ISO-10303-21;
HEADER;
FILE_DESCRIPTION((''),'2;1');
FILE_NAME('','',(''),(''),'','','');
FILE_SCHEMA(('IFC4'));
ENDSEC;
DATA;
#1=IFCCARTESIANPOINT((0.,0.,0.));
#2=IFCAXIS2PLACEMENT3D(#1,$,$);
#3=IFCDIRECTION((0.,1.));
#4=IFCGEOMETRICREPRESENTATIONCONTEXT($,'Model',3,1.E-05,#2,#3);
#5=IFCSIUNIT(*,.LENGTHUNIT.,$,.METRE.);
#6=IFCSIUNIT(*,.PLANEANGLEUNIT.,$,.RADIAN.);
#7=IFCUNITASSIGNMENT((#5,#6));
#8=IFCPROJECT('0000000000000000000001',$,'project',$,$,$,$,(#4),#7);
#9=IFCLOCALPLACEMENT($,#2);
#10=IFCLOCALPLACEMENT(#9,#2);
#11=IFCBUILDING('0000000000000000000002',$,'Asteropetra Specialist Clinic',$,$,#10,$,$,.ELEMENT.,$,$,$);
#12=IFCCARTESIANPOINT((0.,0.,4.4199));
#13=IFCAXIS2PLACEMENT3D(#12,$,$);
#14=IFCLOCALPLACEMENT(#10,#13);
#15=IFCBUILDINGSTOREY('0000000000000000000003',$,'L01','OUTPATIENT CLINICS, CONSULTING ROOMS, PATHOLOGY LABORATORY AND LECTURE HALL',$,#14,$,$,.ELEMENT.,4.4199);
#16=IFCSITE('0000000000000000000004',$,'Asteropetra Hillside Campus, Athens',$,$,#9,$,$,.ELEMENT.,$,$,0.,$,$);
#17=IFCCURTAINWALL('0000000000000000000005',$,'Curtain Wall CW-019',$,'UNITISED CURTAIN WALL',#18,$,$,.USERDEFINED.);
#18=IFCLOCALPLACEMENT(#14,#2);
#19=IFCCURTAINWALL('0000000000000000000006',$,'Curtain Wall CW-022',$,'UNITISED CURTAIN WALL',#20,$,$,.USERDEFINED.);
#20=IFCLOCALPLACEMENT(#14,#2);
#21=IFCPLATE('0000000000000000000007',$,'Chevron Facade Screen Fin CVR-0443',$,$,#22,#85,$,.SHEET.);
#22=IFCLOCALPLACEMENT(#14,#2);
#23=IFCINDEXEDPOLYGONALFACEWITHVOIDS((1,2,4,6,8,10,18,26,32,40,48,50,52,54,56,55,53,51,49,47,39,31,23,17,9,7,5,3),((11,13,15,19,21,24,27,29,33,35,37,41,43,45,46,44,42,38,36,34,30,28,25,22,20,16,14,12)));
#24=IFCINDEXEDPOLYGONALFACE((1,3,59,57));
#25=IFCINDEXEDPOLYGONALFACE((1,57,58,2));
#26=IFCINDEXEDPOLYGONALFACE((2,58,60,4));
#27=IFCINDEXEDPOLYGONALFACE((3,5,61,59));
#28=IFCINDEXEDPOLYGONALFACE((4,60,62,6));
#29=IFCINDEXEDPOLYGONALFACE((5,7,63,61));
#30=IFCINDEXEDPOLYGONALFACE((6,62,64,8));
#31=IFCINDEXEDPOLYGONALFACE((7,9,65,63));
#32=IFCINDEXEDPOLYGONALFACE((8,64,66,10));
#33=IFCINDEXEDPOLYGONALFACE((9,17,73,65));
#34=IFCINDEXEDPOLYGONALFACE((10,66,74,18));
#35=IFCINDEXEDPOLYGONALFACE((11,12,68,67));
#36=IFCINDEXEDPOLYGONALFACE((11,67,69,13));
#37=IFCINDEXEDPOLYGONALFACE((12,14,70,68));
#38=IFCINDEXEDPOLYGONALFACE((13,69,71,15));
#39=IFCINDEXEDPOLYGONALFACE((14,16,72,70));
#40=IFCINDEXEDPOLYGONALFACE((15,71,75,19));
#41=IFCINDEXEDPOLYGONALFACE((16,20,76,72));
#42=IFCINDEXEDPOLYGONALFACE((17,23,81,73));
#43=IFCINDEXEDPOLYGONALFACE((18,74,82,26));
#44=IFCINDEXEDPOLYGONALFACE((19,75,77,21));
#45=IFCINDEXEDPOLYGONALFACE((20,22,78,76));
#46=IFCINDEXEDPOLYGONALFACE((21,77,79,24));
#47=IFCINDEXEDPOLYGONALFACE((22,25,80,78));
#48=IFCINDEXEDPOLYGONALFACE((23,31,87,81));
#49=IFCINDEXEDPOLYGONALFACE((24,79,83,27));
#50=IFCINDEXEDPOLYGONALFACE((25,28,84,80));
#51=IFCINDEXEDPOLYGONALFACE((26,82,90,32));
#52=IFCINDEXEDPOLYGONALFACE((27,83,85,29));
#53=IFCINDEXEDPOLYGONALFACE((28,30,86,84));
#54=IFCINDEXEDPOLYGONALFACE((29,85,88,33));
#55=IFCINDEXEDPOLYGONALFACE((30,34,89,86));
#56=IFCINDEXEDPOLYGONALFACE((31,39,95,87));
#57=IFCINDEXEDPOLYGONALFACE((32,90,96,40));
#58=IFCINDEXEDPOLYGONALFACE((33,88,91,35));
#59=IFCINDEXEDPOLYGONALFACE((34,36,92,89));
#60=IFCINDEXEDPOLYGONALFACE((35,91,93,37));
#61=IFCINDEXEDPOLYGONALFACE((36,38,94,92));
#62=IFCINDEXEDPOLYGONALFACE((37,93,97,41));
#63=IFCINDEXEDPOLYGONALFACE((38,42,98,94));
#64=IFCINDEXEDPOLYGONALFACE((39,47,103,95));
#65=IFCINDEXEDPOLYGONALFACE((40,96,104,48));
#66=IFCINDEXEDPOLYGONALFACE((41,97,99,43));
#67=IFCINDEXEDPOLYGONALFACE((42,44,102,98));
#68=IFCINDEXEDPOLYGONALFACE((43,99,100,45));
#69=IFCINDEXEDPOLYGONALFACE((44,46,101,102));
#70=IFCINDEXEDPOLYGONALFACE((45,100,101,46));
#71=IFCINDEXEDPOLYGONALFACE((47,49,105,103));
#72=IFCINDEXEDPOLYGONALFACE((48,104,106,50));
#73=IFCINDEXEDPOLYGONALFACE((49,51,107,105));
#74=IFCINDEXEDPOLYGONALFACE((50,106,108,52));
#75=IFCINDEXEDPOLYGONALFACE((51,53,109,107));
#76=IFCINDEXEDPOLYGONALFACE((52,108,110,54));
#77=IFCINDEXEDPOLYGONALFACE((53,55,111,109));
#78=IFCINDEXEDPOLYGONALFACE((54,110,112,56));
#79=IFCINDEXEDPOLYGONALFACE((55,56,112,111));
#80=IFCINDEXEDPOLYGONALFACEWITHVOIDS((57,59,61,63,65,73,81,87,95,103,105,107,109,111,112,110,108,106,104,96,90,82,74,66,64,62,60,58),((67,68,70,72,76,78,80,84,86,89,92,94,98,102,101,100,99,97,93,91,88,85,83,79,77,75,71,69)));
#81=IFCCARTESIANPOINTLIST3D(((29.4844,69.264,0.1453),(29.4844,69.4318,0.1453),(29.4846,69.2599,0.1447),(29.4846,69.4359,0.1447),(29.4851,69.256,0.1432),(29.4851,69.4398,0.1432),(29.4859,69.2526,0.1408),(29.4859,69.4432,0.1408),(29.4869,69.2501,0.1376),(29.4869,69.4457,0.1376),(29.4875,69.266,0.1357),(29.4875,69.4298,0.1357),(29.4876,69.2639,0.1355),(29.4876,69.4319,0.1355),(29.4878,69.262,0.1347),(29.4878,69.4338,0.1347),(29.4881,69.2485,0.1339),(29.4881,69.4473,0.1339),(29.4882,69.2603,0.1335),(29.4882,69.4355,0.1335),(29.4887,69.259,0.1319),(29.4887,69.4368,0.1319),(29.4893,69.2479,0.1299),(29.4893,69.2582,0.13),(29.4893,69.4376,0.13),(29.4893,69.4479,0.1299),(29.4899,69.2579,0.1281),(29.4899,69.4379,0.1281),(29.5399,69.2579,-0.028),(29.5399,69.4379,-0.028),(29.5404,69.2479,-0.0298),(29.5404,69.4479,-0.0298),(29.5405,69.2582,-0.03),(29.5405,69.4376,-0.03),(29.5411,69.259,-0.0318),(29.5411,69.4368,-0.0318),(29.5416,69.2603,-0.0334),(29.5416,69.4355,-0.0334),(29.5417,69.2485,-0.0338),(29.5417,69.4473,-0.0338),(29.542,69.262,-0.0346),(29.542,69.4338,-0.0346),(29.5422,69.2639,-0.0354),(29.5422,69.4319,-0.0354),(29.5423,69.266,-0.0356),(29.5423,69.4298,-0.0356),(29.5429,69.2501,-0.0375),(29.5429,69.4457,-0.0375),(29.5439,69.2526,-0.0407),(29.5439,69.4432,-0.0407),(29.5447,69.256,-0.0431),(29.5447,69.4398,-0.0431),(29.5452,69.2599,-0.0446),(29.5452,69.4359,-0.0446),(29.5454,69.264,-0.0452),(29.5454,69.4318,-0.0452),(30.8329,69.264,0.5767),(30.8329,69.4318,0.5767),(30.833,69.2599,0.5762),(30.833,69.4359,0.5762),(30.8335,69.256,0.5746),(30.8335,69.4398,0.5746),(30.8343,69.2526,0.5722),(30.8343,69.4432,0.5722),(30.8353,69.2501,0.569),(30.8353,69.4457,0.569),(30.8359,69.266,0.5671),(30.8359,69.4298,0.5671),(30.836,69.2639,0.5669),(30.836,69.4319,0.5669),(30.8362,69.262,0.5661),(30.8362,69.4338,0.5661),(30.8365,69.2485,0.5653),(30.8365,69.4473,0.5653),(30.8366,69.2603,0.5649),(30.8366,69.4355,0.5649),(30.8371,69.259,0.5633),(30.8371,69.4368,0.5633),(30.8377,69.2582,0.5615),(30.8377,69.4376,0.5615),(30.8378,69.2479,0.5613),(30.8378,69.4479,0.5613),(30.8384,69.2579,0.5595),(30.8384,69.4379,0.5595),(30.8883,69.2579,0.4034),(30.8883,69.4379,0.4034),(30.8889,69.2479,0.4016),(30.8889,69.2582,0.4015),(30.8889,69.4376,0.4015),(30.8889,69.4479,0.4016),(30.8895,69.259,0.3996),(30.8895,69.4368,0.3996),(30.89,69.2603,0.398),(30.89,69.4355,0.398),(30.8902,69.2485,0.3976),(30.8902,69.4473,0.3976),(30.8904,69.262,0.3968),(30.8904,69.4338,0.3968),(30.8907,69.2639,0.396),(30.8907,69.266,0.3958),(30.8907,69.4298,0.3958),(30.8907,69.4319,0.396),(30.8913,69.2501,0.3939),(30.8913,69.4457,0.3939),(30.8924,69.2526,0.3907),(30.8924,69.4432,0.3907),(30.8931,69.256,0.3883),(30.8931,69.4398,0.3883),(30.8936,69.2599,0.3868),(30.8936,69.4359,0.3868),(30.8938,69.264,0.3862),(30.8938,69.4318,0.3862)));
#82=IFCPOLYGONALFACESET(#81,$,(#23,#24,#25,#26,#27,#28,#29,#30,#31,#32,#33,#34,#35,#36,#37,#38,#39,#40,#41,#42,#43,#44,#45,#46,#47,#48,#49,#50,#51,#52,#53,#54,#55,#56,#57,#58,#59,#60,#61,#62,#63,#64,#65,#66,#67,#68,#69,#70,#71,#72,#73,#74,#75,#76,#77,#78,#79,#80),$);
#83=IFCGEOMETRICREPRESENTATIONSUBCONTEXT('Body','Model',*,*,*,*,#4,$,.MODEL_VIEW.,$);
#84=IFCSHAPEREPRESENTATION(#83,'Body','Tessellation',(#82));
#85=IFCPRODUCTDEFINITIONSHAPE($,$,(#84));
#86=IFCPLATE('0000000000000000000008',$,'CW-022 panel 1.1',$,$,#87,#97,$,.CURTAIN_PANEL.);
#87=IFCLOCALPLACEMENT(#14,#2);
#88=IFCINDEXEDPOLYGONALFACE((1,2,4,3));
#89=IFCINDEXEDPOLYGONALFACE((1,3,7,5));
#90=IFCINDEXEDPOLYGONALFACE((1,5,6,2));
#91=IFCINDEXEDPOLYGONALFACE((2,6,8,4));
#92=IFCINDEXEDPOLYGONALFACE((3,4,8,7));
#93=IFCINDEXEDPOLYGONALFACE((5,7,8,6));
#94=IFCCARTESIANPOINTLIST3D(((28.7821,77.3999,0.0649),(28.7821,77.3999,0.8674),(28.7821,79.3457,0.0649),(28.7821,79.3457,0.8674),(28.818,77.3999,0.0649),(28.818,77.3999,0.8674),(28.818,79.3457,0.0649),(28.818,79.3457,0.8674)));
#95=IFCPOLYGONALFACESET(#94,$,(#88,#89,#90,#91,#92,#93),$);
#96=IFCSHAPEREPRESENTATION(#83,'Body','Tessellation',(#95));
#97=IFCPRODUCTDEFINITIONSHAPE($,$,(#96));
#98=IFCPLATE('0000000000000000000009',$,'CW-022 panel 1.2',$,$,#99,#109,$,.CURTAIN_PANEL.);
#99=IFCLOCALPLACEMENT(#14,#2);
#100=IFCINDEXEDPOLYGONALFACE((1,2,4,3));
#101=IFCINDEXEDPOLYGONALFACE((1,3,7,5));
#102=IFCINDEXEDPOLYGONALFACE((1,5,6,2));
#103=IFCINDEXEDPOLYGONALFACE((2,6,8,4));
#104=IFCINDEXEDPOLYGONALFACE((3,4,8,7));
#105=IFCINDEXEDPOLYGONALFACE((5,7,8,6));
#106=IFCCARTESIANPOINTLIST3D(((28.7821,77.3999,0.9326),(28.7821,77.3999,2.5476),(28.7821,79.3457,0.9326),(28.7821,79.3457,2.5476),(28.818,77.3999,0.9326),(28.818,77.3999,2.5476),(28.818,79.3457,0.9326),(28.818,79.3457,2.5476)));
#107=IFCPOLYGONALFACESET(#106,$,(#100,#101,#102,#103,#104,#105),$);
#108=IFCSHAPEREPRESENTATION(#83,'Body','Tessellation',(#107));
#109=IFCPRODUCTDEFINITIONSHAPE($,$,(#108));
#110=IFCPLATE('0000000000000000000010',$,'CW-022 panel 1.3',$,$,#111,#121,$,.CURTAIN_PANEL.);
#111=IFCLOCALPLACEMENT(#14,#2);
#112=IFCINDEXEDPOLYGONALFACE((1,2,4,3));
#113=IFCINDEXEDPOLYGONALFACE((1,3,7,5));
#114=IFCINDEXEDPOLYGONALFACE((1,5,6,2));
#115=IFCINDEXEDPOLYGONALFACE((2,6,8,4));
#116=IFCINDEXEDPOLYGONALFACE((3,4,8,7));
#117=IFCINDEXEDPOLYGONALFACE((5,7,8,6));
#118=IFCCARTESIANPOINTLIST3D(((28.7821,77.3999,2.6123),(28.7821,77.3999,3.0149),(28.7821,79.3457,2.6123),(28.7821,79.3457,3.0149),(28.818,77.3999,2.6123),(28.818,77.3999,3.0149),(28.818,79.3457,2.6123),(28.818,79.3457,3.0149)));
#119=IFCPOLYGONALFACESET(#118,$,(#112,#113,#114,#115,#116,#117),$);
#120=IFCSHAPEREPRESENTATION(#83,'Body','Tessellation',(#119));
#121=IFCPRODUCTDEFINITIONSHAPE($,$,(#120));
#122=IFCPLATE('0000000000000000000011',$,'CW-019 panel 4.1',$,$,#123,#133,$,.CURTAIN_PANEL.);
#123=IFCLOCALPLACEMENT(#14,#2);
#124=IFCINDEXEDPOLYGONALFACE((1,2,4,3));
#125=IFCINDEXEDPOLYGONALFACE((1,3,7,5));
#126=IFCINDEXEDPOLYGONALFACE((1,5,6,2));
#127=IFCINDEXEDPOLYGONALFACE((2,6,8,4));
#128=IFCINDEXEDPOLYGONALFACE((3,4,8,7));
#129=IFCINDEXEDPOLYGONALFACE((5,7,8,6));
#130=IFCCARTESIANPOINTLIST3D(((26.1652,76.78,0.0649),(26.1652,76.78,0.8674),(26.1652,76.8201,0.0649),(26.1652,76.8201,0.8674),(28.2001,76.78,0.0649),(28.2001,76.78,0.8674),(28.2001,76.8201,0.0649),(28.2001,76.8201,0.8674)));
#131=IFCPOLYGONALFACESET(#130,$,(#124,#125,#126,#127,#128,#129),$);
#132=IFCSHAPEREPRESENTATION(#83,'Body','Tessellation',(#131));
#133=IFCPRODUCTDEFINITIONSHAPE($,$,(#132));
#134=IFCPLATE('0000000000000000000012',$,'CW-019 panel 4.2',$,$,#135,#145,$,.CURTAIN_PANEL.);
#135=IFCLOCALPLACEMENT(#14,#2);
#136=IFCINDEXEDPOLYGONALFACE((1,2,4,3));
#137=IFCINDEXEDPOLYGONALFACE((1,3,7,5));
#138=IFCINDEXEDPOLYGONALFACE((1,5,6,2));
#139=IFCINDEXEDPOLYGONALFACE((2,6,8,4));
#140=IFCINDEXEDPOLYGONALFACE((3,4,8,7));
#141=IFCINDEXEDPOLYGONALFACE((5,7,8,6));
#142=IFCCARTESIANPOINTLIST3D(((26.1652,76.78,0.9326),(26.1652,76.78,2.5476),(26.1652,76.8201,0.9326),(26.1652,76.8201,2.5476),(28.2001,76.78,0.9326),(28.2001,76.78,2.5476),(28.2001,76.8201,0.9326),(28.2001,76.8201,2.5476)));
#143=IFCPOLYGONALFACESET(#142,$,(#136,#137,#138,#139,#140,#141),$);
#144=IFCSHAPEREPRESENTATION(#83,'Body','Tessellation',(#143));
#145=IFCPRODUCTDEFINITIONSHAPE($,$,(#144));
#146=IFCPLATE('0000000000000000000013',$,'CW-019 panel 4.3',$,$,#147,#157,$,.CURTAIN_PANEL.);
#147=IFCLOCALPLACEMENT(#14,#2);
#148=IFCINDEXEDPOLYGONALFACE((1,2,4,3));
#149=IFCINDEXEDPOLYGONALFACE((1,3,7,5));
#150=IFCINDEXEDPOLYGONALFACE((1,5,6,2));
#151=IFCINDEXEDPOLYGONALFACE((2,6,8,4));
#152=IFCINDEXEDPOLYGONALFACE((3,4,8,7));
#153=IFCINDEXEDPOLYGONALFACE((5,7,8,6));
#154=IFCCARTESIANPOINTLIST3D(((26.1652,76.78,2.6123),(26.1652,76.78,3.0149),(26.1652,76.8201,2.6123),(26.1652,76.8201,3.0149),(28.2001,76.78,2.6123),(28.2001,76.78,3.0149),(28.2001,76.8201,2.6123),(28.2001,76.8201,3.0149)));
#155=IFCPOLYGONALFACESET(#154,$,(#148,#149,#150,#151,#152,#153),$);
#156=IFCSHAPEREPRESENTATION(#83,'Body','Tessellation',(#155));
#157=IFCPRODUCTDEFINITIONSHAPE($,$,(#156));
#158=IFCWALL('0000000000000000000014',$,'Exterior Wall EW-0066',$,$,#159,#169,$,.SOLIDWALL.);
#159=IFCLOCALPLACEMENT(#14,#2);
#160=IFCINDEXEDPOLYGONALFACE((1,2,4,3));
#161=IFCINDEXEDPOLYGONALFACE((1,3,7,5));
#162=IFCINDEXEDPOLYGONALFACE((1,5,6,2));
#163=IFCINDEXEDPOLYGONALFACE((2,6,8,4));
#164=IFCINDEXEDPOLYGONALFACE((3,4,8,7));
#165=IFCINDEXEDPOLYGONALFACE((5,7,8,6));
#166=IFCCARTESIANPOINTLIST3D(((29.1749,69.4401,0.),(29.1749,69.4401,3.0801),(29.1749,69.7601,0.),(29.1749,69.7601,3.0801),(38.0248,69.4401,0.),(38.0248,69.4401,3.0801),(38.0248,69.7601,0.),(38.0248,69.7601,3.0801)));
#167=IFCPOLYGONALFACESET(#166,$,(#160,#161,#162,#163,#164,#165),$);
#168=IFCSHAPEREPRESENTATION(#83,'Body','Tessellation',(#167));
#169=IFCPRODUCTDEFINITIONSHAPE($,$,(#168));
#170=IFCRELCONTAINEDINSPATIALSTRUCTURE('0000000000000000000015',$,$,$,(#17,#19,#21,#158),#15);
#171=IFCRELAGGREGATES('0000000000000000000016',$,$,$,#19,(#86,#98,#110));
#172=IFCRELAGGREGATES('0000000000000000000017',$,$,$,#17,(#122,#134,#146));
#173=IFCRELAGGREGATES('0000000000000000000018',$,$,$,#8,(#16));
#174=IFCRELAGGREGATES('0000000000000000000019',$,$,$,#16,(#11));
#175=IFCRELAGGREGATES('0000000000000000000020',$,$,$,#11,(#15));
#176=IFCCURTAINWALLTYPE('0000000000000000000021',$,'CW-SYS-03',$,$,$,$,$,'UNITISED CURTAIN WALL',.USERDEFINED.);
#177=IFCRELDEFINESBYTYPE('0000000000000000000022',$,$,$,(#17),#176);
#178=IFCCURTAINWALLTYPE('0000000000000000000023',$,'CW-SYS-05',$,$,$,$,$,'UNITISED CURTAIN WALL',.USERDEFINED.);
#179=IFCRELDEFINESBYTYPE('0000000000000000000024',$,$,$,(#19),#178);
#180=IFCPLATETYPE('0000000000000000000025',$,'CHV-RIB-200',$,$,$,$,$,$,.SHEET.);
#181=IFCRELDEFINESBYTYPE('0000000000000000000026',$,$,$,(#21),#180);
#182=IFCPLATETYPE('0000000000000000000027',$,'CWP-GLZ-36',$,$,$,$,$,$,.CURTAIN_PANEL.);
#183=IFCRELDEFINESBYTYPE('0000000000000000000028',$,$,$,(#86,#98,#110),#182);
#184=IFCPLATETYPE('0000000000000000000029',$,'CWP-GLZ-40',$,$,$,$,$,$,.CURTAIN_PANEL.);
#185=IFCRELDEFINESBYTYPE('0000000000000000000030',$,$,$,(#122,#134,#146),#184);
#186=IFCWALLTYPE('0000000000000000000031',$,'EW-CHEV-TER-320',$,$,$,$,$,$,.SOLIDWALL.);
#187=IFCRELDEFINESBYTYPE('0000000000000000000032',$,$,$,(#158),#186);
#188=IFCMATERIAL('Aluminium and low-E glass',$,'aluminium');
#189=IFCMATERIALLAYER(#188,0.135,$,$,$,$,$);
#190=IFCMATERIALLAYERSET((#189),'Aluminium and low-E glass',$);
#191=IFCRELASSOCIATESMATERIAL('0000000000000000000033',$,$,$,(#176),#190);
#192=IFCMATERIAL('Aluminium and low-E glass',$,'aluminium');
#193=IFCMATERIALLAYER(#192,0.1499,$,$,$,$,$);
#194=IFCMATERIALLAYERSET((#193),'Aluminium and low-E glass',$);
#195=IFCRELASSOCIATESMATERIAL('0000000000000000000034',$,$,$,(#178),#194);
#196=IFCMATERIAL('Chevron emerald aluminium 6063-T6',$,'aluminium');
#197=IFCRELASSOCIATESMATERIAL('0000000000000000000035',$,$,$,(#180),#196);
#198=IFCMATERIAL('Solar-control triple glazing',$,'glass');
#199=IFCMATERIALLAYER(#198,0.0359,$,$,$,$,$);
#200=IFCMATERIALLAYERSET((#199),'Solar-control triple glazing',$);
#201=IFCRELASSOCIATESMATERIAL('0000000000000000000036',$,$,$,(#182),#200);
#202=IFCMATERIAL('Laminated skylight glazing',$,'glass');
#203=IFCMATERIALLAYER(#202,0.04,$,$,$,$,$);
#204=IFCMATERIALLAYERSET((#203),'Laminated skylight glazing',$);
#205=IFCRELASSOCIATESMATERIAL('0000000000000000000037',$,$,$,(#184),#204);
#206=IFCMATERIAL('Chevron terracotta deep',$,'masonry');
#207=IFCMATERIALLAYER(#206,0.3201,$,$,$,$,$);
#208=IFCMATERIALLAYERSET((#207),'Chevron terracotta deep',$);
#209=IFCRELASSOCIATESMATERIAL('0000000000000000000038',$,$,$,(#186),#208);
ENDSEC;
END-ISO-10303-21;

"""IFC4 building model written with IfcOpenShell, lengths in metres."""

from ifc_helpers import new_model, si_unit, direction, frame, frame_2d, origin, origin_2d, place, context, subcontext, project, spatial, rectangle, hollow_rectangle, extrude, material, layer, layer_set, material_profile, profile_set, type_object, element, aggregate, save


model = new_model("IFC4")

# Units and contexts
model_context = context("Model", 3, precision=1e-05, world=origin(), true_north=direction((0.0, 1.0)))
body_context = subcontext(model_context, "Body", "Model", "MODEL_VIEW")
ifc_project = project(units=[si_unit("LENGTHUNIT", "METRE"), si_unit("PLANEANGLEUNIT", "RADIAN")], contexts=[model_context])

# Site, building, storey
site_placement = place(None, origin())
site = spatial("IfcSite", under=ifc_project, at=site_placement, Name="Asteropetra Hillside Campus, Athens", CompositionType="ELEMENT", RefElevation=0.0)
building_placement = place(site_placement, origin())
building = spatial("IfcBuilding", under=site, at=building_placement, Name="Asteropetra Specialist Clinic", CompositionType="ELEMENT")
storey_placement = place(building_placement, frame((0.0, 0.0, 4.4199)))
storey = spatial("IfcBuildingStorey", under=building, at=storey_placement, Name="L01", Description="OUTPATIENT CLINICS, CONSULTING ROOMS, PATHOLOGY LABORATORY AND LECTURE HALL", CompositionType="ELEMENT", Elevation=4.4199)

# Curtain walls
ifc_material_1 = material(Name="Aluminium and low-E glass", Category="aluminium")
ifc_layer_1 = layer(ifc_material_1, 0.135)
ifc_layer_set_1 = layer_set([ifc_layer_1], Name="Aluminium and low-E glass")
curtain_wall_type_1 = type_object("IfcCurtainWallType", Name="CW-SYS-03", ElementType="UNITISED CURTAIN WALL", PredefinedType="USERDEFINED", material=ifc_layer_set_1)
curtain_wall_1_placement = place(storey_placement, origin())
curtain_wall_1 = element("IfcCurtainWall", 1, at=curtain_wall_1_placement, inside=storey, type_object=curtain_wall_type_1, Name="Curtain Wall CW-019", ObjectType="UNITISED CURTAIN WALL", PredefinedType="USERDEFINED")
ifc_material_2 = material(Name="Aluminium and low-E glass", Category="aluminium")
ifc_layer_2 = layer(ifc_material_2, 0.1499)
ifc_layer_set_2 = layer_set([ifc_layer_2], Name="Aluminium and low-E glass")
curtain_wall_type_2 = type_object("IfcCurtainWallType", Name="CW-SYS-05", ElementType="UNITISED CURTAIN WALL", PredefinedType="USERDEFINED", material=ifc_layer_set_2)
curtain_wall_2_placement = place(storey_placement, origin())
curtain_wall_2 = element("IfcCurtainWall", 2, at=curtain_wall_2_placement, inside=storey, type_object=curtain_wall_type_2, Name="Curtain Wall CW-022", ObjectType="UNITISED CURTAIN WALL", PredefinedType="USERDEFINED")

# Plates
ifc_material_3 = material(Name="Chevron emerald aluminium 6063-T6", Category="aluminium")
ifc_material_profile_1 = material_profile(ifc_material_3, hollow_rectangle(XDim=0.2, YDim=0.2, WallThickness=0.01, InnerFilletRadius=0.0081, OuterFilletRadius=0.0161, at=origin_2d()), Name="SHS 200x200x10.0")
ifc_profile_set_1 = profile_set([ifc_material_profile_1], Name="Chevron emerald aluminium 6063-T6")
plate_type_1 = type_object("IfcPlateType", Name="CHV-RIB-200", PredefinedType="SHEET", material=ifc_profile_set_1)
plate_1_placement = place(storey_placement, frame((29.5149, 69.3479, 0.05), z_axis=(0.952442, 0.0, 0.304719), x_axis=(0.0, 1.0, 0.0)))
element("IfcPlate", 3, at=plate_1_placement, inside=storey, type_object=plate_type_1, Name="Chevron Facade Screen Fin CVR-0443", PredefinedType="SHEET", context=body_context, shape_type="SweptSolid", body=[
    extrude(hollow_rectangle(XDim=0.2, YDim=0.2, WallThickness=0.01, InnerFilletRadius=0.0081, OuterFilletRadius=0.0161, at=origin_2d()), origin(), (0.0, 0.0, 1.0), 1.4158),
])
ifc_material_4 = material(Name="Solar-control triple glazing", Category="glass")
ifc_layer_3 = layer(ifc_material_4, 0.0359)
ifc_layer_set_3 = layer_set([ifc_layer_3], Name="Solar-control triple glazing")
plate_type_2 = type_object("IfcPlateType", Name="CWP-GLZ-36", PredefinedType="CURTAIN_PANEL", material=ifc_layer_set_3)
plate_2_placement = place(storey_placement, frame((28.8, 78.3728, 0.0649), z_axis=(0.0, 0.0, 1.0), x_axis=(0.0, 1.0, 0.0)))
plate_2 = element("IfcPlate", 4, at=plate_2_placement, type_object=plate_type_2, Name="CW-022 panel 1.1", PredefinedType="CURTAIN_PANEL", context=body_context, shape_type="SweptSolid", body=[
    extrude(rectangle(XDim=1.9458, YDim=0.0359, at=origin_2d()), origin(), (0.0, 0.0, 1.0), 0.8025),
])
plate_3_placement = place(storey_placement, frame((28.8, 78.3728, 0.9326), z_axis=(0.0, 0.0, 1.0), x_axis=(0.0, 1.0, 0.0)))
plate_3 = element("IfcPlate", 5, at=plate_3_placement, type_object=plate_type_2, Name="CW-022 panel 1.2", PredefinedType="CURTAIN_PANEL", context=body_context, shape_type="SweptSolid", body=[
    extrude(rectangle(XDim=1.9458, YDim=0.0359, at=origin_2d()), origin(), (0.0, 0.0, 1.0), 1.615),
])
plate_4_placement = place(storey_placement, frame((28.8, 78.3728, 2.6123), z_axis=(0.0, 0.0, 1.0), x_axis=(0.0, 1.0, 0.0)))
plate_4 = element("IfcPlate", 6, at=plate_4_placement, type_object=plate_type_2, Name="CW-022 panel 1.3", PredefinedType="CURTAIN_PANEL", context=body_context, shape_type="SweptSolid", body=[
    extrude(rectangle(XDim=1.9458, YDim=0.0359, at=origin_2d()), origin(), (0.0, 0.0, 1.0), 0.4026),
])
aggregate(curtain_wall_2, [plate_2, plate_3, plate_4])
ifc_material_5 = material(Name="Laminated skylight glazing", Category="glass")
ifc_layer_4 = layer(ifc_material_5, 0.04)
ifc_layer_set_4 = layer_set([ifc_layer_4], Name="Laminated skylight glazing")
plate_type_3 = type_object("IfcPlateType", Name="CWP-GLZ-40", PredefinedType="CURTAIN_PANEL", material=ifc_layer_set_4)
plate_5_placement = place(storey_placement, frame((27.1826, 76.8, 0.0649), z_axis=(0.0, 0.0, 1.0), x_axis=(1.0, 0.0, 0.0)))
plate_5 = element("IfcPlate", 7, at=plate_5_placement, type_object=plate_type_3, Name="CW-019 panel 4.1", PredefinedType="CURTAIN_PANEL", context=body_context, shape_type="SweptSolid", body=[
    extrude(rectangle(XDim=2.0349, YDim=0.04, at=origin_2d()), origin(), (0.0, 0.0, 1.0), 0.8025),
])
plate_6_placement = place(storey_placement, frame((27.1826, 76.8, 0.9326), z_axis=(0.0, 0.0, 1.0), x_axis=(1.0, 0.0, 0.0)))
plate_6 = element("IfcPlate", 8, at=plate_6_placement, type_object=plate_type_3, Name="CW-019 panel 4.2", PredefinedType="CURTAIN_PANEL", context=body_context, shape_type="SweptSolid", body=[
    extrude(rectangle(XDim=2.0349, YDim=0.04, at=origin_2d()), origin(), (0.0, 0.0, 1.0), 1.615),
])
plate_7_placement = place(storey_placement, frame((27.1826, 76.8, 2.6123), z_axis=(0.0, 0.0, 1.0), x_axis=(1.0, 0.0, 0.0)))
plate_7 = element("IfcPlate", 9, at=plate_7_placement, type_object=plate_type_3, Name="CW-019 panel 4.3", PredefinedType="CURTAIN_PANEL", context=body_context, shape_type="SweptSolid", body=[
    extrude(rectangle(XDim=2.0349, YDim=0.04, at=origin_2d()), origin(), (0.0, 0.0, 1.0), 0.4026),
])
aggregate(curtain_wall_1, [plate_5, plate_6, plate_7])

# Wall
ifc_material_6 = material(Name="Chevron terracotta deep", Category="masonry")
ifc_layer_5 = layer(ifc_material_6, 0.3201)
ifc_layer_set_5 = layer_set([ifc_layer_5], Name="Chevron terracotta deep")
wall_type = type_object("IfcWallType", Name="EW-CHEV-TER-320", PredefinedType="SOLIDWALL", material=ifc_layer_set_5)
wall_placement = place(storey_placement, frame((29.175, 69.6001, 0.0), z_axis=(0.0, 0.0, 1.0), x_axis=(1.0, 0.0, 0.0)))
element("IfcWall", 10, at=wall_placement, inside=storey, type_object=wall_type, Name="Exterior Wall EW-0066", PredefinedType="SOLIDWALL", context=body_context, shape_type="SweptSolid", body=[
    extrude(rectangle(XDim=8.8499, YDim=0.3201, at=frame_2d((4.4248, 0.0))), origin(), (0.0, 0.0, 1.0), 3.0801),
])

save(model, "model.ifc")
